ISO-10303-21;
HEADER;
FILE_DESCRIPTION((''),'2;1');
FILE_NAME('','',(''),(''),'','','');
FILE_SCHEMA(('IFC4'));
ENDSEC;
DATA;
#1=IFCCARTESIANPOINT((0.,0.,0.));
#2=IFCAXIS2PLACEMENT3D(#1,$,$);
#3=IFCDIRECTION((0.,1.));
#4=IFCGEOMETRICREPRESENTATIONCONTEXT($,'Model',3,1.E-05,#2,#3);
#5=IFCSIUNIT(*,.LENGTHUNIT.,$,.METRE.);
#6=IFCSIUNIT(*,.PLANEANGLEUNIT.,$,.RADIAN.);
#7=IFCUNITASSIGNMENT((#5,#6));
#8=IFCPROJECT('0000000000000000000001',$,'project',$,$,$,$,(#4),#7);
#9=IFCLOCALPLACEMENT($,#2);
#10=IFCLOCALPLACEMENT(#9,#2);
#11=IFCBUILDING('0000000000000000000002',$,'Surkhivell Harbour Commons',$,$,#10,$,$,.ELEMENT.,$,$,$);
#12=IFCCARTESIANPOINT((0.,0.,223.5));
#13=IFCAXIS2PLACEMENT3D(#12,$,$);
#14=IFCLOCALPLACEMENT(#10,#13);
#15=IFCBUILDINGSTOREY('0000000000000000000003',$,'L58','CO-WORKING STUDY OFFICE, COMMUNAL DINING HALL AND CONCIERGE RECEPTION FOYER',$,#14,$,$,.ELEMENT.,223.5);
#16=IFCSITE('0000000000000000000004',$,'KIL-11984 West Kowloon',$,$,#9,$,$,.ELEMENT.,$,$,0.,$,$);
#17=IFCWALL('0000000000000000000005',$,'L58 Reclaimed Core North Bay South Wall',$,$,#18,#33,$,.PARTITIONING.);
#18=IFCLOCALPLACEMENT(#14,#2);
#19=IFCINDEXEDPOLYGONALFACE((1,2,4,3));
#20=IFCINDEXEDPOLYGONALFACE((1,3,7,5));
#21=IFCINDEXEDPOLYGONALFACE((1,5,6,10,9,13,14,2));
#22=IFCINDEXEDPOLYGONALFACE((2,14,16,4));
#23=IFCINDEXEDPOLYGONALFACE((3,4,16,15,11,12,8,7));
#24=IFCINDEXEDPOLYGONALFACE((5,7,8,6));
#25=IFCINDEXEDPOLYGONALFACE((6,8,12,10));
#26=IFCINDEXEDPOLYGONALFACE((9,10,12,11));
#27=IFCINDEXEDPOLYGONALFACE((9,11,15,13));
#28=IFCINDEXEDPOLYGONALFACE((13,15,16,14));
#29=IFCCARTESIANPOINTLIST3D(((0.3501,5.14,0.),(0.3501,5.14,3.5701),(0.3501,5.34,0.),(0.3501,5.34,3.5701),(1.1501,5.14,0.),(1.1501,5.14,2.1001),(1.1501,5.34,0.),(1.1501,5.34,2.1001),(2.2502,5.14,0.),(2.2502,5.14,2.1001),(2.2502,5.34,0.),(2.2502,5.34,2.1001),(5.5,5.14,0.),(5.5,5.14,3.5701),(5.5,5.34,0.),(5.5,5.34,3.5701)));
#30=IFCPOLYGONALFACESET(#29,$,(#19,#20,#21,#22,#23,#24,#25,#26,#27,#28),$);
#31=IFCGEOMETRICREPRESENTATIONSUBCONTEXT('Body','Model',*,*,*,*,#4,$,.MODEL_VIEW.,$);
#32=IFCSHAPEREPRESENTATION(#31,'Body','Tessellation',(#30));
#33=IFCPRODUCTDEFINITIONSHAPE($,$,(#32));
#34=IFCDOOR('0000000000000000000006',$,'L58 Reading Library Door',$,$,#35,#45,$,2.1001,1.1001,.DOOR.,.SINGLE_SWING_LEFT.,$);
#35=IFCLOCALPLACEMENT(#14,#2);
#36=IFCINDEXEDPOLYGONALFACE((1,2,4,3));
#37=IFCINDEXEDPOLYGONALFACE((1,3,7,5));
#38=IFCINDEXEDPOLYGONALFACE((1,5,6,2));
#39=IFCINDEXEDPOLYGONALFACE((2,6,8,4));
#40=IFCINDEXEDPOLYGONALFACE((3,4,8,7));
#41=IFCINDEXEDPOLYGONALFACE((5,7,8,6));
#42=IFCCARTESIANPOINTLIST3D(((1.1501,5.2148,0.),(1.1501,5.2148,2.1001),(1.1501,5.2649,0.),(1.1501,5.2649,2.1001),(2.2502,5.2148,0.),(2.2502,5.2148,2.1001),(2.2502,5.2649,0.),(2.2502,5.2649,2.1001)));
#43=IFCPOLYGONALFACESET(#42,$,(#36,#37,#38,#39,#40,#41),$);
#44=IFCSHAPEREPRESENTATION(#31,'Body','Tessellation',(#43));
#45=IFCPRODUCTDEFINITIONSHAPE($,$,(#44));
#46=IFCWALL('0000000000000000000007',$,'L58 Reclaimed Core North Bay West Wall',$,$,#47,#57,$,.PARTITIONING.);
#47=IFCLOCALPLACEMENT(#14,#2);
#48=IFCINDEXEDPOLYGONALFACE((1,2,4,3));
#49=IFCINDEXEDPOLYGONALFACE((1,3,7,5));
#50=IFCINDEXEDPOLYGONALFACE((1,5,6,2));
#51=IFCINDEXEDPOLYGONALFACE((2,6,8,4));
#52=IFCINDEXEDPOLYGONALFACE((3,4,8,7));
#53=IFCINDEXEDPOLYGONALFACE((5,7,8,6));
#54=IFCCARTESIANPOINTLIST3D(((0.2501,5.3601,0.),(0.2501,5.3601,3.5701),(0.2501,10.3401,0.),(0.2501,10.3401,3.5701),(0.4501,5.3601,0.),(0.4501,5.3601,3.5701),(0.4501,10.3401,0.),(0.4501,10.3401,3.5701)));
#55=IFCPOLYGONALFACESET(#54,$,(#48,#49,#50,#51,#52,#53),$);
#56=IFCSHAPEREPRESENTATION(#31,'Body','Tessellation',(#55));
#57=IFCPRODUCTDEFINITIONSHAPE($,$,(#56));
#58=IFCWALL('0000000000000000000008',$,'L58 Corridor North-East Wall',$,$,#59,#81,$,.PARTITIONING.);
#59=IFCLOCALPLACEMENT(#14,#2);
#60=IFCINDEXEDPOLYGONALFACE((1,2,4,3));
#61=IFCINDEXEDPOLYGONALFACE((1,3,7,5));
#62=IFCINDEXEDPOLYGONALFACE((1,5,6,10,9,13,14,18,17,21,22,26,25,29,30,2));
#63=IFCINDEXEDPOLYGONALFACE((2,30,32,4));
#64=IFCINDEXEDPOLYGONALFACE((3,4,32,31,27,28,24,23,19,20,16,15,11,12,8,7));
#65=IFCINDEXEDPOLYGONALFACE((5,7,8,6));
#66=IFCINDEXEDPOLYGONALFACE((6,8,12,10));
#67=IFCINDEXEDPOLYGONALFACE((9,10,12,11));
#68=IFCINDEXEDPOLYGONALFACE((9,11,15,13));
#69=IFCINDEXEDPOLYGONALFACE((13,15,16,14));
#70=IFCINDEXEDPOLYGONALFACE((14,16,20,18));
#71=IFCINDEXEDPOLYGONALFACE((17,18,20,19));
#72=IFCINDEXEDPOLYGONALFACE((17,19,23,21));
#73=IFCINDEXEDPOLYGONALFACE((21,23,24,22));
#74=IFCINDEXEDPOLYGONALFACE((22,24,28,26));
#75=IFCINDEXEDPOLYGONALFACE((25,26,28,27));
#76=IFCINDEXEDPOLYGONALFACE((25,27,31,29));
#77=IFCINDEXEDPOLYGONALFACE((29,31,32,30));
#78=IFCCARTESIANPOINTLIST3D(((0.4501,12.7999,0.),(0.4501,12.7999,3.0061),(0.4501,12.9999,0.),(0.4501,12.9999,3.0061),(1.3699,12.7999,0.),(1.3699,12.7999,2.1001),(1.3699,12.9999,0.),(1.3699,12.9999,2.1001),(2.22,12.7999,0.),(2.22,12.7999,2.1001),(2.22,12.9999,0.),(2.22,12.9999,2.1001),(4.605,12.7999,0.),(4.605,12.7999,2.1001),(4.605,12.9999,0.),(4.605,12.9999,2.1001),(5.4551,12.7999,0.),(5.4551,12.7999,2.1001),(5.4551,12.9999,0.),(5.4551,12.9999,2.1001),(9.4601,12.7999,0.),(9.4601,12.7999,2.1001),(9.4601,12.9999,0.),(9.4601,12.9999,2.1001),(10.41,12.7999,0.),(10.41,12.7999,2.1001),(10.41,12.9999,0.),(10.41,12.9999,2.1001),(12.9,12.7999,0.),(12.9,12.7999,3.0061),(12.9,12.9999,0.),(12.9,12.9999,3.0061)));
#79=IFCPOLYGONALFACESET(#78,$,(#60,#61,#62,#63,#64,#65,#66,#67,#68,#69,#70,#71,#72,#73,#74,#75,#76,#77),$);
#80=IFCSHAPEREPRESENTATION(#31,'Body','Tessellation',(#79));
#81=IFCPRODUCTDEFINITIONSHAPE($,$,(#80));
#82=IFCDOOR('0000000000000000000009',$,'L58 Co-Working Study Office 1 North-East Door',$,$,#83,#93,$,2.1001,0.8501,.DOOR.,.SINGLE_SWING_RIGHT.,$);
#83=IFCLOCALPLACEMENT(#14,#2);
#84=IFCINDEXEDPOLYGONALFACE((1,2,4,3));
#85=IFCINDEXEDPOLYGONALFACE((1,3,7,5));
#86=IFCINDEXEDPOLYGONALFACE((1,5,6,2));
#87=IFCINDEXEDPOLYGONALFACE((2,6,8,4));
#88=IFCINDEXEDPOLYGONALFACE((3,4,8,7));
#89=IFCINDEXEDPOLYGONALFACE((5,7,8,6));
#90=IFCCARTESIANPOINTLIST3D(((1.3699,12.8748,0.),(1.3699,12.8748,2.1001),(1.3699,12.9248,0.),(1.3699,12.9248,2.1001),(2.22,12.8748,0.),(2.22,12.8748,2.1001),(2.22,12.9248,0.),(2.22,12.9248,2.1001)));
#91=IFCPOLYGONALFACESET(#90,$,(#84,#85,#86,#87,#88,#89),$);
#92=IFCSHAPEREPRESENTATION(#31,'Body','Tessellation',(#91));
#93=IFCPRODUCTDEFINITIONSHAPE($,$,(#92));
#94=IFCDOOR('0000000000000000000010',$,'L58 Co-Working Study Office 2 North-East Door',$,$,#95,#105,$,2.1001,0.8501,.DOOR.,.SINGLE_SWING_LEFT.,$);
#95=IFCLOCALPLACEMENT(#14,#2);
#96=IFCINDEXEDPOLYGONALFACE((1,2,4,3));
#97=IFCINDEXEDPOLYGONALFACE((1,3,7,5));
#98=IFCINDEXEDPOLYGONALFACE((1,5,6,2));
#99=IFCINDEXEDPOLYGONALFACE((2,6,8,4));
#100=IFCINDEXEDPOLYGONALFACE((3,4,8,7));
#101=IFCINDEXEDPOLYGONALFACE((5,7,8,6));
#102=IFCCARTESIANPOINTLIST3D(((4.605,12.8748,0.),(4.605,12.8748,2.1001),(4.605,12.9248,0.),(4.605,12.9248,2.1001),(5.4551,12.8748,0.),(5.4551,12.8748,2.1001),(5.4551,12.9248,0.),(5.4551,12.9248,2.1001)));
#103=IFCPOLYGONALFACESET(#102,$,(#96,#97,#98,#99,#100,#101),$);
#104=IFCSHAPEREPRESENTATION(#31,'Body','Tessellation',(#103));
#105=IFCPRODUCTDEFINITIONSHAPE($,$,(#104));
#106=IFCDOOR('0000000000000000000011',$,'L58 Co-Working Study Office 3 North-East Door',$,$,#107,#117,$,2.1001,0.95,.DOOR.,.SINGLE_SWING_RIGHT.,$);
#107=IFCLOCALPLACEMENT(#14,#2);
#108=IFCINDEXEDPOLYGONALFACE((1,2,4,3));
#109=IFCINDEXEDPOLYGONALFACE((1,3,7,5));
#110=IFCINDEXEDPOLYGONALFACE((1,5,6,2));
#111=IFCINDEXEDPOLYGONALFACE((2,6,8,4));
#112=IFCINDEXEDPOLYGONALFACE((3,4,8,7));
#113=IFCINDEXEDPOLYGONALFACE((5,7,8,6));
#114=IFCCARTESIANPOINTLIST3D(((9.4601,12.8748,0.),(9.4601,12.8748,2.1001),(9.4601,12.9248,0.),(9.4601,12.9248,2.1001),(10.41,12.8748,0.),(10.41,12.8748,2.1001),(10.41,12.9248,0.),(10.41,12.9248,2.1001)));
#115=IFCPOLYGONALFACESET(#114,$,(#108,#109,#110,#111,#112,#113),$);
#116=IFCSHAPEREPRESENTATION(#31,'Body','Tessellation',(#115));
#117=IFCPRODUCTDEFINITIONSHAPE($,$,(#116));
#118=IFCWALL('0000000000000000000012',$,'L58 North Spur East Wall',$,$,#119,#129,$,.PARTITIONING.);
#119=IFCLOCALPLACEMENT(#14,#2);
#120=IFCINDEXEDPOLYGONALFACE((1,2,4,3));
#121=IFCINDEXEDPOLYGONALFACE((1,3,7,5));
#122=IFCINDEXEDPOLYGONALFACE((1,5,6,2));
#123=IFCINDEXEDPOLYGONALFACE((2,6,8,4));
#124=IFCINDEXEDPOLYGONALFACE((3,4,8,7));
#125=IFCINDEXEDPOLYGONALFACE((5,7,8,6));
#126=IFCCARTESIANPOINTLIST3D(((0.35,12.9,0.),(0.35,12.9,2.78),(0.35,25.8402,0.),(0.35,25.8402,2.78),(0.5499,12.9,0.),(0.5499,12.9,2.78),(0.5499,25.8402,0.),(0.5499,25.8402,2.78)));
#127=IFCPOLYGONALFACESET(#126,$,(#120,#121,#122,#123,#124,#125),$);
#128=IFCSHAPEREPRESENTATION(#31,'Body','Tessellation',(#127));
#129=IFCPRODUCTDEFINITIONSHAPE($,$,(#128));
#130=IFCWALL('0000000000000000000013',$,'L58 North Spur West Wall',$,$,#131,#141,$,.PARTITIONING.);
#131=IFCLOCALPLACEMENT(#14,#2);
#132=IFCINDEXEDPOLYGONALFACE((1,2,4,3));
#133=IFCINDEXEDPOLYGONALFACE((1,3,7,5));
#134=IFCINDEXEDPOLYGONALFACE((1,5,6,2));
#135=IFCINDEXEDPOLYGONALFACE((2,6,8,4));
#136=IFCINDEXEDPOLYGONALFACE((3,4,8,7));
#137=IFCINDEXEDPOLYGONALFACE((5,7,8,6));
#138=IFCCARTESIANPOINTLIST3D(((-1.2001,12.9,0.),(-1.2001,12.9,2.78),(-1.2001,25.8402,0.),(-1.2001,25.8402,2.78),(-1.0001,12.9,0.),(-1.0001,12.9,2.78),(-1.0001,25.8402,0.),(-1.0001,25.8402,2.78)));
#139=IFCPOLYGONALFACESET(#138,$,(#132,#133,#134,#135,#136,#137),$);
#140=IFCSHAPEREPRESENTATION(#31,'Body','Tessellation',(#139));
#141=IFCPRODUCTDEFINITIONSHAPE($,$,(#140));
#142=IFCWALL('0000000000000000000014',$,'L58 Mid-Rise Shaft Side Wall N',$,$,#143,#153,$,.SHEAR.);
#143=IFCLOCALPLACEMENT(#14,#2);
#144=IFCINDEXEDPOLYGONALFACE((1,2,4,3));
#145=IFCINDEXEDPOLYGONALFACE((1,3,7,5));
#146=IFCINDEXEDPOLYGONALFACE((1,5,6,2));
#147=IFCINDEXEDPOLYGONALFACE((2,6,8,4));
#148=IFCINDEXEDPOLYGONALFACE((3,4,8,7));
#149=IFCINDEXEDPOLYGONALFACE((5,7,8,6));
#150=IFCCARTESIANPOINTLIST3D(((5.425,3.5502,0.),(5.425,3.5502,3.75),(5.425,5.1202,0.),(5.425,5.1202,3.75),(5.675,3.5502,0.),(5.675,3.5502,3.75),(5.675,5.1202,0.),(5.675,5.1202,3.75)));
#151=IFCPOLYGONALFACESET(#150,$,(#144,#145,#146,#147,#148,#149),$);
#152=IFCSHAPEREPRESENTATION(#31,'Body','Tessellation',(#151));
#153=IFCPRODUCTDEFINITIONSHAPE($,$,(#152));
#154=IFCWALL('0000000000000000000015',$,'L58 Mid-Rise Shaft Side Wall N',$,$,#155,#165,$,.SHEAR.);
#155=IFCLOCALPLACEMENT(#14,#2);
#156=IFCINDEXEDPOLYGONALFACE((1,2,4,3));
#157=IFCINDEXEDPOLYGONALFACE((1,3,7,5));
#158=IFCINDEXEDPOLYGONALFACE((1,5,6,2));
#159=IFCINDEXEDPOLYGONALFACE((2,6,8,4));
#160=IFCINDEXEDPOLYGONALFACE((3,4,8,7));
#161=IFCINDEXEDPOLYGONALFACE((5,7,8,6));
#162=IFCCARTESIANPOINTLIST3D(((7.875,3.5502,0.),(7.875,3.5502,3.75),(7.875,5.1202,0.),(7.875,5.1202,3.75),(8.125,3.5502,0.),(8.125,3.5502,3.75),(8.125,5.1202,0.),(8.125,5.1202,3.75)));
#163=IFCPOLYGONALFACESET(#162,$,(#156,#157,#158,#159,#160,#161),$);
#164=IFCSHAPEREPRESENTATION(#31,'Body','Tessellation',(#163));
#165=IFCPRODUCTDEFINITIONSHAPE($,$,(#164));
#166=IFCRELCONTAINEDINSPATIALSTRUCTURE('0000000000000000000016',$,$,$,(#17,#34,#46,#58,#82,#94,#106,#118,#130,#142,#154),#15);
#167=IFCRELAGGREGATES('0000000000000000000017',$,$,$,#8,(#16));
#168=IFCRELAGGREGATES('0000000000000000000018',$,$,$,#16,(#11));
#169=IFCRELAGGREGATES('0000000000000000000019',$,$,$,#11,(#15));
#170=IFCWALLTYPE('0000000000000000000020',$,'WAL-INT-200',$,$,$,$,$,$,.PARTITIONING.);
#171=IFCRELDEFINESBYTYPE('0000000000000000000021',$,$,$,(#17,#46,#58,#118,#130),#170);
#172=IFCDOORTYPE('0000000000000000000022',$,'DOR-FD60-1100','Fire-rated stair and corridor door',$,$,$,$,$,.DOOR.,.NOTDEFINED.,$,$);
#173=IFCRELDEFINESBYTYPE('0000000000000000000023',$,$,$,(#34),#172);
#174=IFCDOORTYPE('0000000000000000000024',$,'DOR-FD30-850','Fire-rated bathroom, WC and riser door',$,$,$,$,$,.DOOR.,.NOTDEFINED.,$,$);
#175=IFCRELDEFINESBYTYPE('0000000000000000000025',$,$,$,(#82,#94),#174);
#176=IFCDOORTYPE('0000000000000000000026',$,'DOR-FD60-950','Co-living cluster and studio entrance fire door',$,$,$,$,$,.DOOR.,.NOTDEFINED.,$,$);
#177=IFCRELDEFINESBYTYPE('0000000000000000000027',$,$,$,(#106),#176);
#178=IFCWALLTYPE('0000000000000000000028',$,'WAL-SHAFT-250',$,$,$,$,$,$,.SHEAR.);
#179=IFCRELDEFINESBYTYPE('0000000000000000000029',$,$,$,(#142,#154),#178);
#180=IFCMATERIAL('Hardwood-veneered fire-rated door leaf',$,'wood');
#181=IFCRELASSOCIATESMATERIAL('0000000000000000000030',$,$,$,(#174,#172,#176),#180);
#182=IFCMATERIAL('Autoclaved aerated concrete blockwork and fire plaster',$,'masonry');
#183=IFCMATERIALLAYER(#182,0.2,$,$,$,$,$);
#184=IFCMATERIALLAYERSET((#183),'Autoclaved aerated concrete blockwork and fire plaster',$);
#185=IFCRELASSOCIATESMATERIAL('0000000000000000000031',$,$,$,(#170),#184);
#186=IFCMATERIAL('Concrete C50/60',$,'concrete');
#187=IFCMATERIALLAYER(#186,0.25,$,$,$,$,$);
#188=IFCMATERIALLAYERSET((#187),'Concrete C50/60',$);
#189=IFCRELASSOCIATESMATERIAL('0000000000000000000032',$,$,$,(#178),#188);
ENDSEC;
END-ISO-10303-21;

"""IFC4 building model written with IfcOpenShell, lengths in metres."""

from ifc_helpers import new_model, si_unit, direction, frame, frame_2d, origin, place, context, subcontext, project, spatial, rectangle, extrude, material, layer, layer_set, type_object, element, fill, save


model = new_model("IFC4")

# Units and contexts
model_context = context("Model", 3, precision=1e-05, world=origin(), true_north=direction((0.0, 1.0)))
body_context = subcontext(model_context, "Body", "Model", "MODEL_VIEW")
ifc_project = project(units=[si_unit("LENGTHUNIT", "METRE"), si_unit("PLANEANGLEUNIT", "RADIAN")], contexts=[model_context])

# Site, building, storey
site_placement = place(None, origin())
site = spatial("IfcSite", under=ifc_project, at=site_placement, Name="KIL-11984 West Kowloon", CompositionType="ELEMENT", RefElevation=0.0)
building_placement = place(site_placement, origin())
building = spatial("IfcBuilding", under=site, at=building_placement, Name="Surkhivell Harbour Commons", CompositionType="ELEMENT")
storey_placement = place(building_placement, frame((0.0, 0.0, 223.5)))
storey = spatial("IfcBuildingStorey", under=building, at=storey_placement, Name="L58", Description="CO-WORKING STUDY OFFICE, COMMUNAL DINING HALL AND CONCIERGE RECEPTION FOYER", CompositionType="ELEMENT", Elevation=223.5)

# Wall, opening, door
ifc_material_1 = material(Name="Hardwood-veneered fire-rated door leaf", Category="wood")
door_type_1 = type_object("IfcDoorType", Name="DOR-FD30-850", Description="Fire-rated bathroom, WC and riser door", OperationType="NOTDEFINED", PredefinedType="DOOR", material=ifc_material_1)
ifc_material_2 = material(Name="Autoclaved aerated concrete blockwork and fire plaster", Category="masonry")
ifc_layer_1 = layer(ifc_material_2, 0.2)
ifc_layer_set_1 = layer_set([ifc_layer_1], Name="Autoclaved aerated concrete blockwork and fire plaster")
wall_type_1 = type_object("IfcWallType", Name="WAL-INT-200", PredefinedType="PARTITIONING", material=ifc_layer_set_1)
wall_1_placement = place(storey_placement, frame((0.3501, 5.24, 0.0), z_axis=(0.0, 0.0, 1.0), x_axis=(1.0, 0.0, 0.0)))
wall_1 = element("IfcWall", 1, at=wall_1_placement, inside=storey, type_object=wall_type_1, Name="L58 Reclaimed Core North Bay South Wall", PredefinedType="PARTITIONING", context=body_context, shape_type="SweptSolid", body=[
    extrude(rectangle(XDim=5.1499, YDim=0.2, at=frame_2d((2.575, 0.0))), origin(), (0.0, 0.0, 1.0), 3.5701),
])
opening_1_placement = place(wall_1_placement, frame((0.8, 0.0, 0.0)))
opening_1 = element("IfcOpeningElement", 2, at=opening_1_placement, cuts=wall_1, PredefinedType="OPENING", context=body_context, shape_type="SweptSolid", body=[
    extrude(rectangle(XDim=1.1001, YDim=2.1001, at=frame_2d((0.55, 1.05))), frame((0.0, 0.1099, 0.0), z_axis=(0.0, -1.0, 0.0), x_axis=(1.0, 0.0, 0.0)), (0.0, 0.0, 1.0), 0.22),
])
door_type_2 = type_object("IfcDoorType", Name="DOR-FD60-1100", Description="Fire-rated stair and corridor door", OperationType="NOTDEFINED", PredefinedType="DOOR", material=ifc_material_1)
door_1_placement = place(opening_1_placement, origin())
door_1 = element("IfcDoor", 3, at=door_1_placement, inside=storey, type_object=door_type_2, Name="L58 Reading Library Door", OperationType="SINGLE_SWING_LEFT", OverallHeight=2.1001, OverallWidth=1.1001, PredefinedType="DOOR", context=body_context, shape_type="SweptSolid", body=[
    extrude(rectangle(XDim=1.1001, YDim=2.1001, at=frame_2d((0.55, 1.05))), frame((0.0, 0.0249, 0.0), z_axis=(0.0, -1.0, 0.0), x_axis=(1.0, 0.0, 0.0)), (0.0, 0.0, 1.0), 0.05),
])
fill(opening_1, door_1)

# Wall
wall_2_placement = place(storey_placement, frame((0.3501, 5.3601, 0.0), z_axis=(0.0, 0.0, 1.0), x_axis=(0.0, 1.0, 0.0)))
element("IfcWall", 4, at=wall_2_placement, inside=storey, type_object=wall_type_1, Name="L58 Reclaimed Core North Bay West Wall", PredefinedType="PARTITIONING", context=body_context, shape_type="SweptSolid", body=[
    extrude(rectangle(XDim=4.98, YDim=0.2, at=frame_2d((2.49, 0.0))), origin(), (0.0, 0.0, 1.0), 3.5701),
])

# Wall, openings, doors
wall_3_placement = place(storey_placement, frame((0.45, 12.8999, 0.0), z_axis=(0.0, 0.0, 1.0), x_axis=(1.0, 0.0, 0.0)))
wall_3 = element("IfcWall", 5, at=wall_3_placement, inside=storey, type_object=wall_type_1, Name="L58 Corridor North-East Wall", PredefinedType="PARTITIONING", context=body_context, shape_type="SweptSolid", body=[
    extrude(rectangle(XDim=12.45, YDim=0.2, at=frame_2d((6.2251, 0.0))), origin(), (0.0, 0.0, 1.0), 3.0061),
])
opening_2_placement = place(wall_3_placement, frame((0.9199, 0.0, 0.0)))
opening_2 = element("IfcOpeningElement", 6, at=opening_2_placement, cuts=wall_3, PredefinedType="OPENING", context=body_context, shape_type="SweptSolid", body=[
    extrude(rectangle(XDim=0.8501, YDim=2.1001, at=frame_2d((0.425, 1.05))), frame((0.0, 0.1099, 0.0), z_axis=(0.0, -1.0, 0.0), x_axis=(1.0, 0.0, 0.0)), (0.0, 0.0, 1.0), 0.22),
])
opening_3_placement = place(wall_3_placement, frame((4.155, 0.0, 0.0)))
opening_3 = element("IfcOpeningElement", 7, at=opening_3_placement, cuts=wall_3, PredefinedType="OPENING", context=body_context, shape_type="SweptSolid", body=[
    extrude(rectangle(XDim=0.8501, YDim=2.1001, at=frame_2d((0.425, 1.05))), frame((0.0, 0.1099, 0.0), z_axis=(0.0, -1.0, 0.0), x_axis=(1.0, 0.0, 0.0)), (0.0, 0.0, 1.0), 0.22),
])
opening_4_placement = place(wall_3_placement, frame((9.01, 0.0, 0.0)))
opening_4 = element("IfcOpeningElement", 8, at=opening_4_placement, cuts=wall_3, PredefinedType="OPENING", context=body_context, shape_type="SweptSolid", body=[
    extrude(rectangle(XDim=0.95, YDim=2.1001, at=frame_2d((0.4751, 1.05))), frame((0.0, 0.1099, 0.0), z_axis=(0.0, -1.0, 0.0), x_axis=(1.0, 0.0, 0.0)), (0.0, 0.0, 1.0), 0.22),
])
door_2_placement = place(opening_2_placement, origin())
door_2 = element("IfcDoor", 9, at=door_2_placement, inside=storey, type_object=door_type_1, Name="L58 Co-Working Study Office 1 North-East Door", OperationType="SINGLE_SWING_RIGHT", OverallHeight=2.1001, OverallWidth=0.8501, PredefinedType="DOOR", context=body_context, shape_type="SweptSolid", body=[
    extrude(rectangle(XDim=0.8501, YDim=2.1001, at=frame_2d((0.425, 1.05))), frame((0.0, 0.0249, 0.0), z_axis=(0.0, -1.0, 0.0), x_axis=(1.0, 0.0, 0.0)), (0.0, 0.0, 1.0), 0.05),
])
fill(opening_2, door_2)
door_3_placement = place(opening_3_placement, origin())
door_3 = element("IfcDoor", 10, at=door_3_placement, inside=storey, type_object=door_type_1, Name="L58 Co-Working Study Office 2 North-East Door", OperationType="SINGLE_SWING_LEFT", OverallHeight=2.1001, OverallWidth=0.8501, PredefinedType="DOOR", context=body_context, shape_type="SweptSolid", body=[
    extrude(rectangle(XDim=0.8501, YDim=2.1001, at=frame_2d((0.425, 1.05))), frame((0.0, 0.0249, 0.0), z_axis=(0.0, -1.0, 0.0), x_axis=(1.0, 0.0, 0.0)), (0.0, 0.0, 1.0), 0.05),
])
fill(opening_3, door_3)
door_type_3 = type_object("IfcDoorType", Name="DOR-FD60-950", Description="Co-living cluster and studio entrance fire door", OperationType="NOTDEFINED", PredefinedType="DOOR", material=ifc_material_1)
door_4_placement = place(opening_4_placement, origin())
door_4 = element("IfcDoor", 11, at=door_4_placement, inside=storey, type_object=door_type_3, Name="L58 Co-Working Study Office 3 North-East Door", OperationType="SINGLE_SWING_RIGHT", OverallHeight=2.1001, OverallWidth=0.95, PredefinedType="DOOR", context=body_context, shape_type="SweptSolid", body=[
    extrude(rectangle(XDim=0.95, YDim=2.1001, at=frame_2d((0.4751, 1.05))), frame((0.0, 0.0249, 0.0), z_axis=(0.0, -1.0, 0.0), x_axis=(1.0, 0.0, 0.0)), (0.0, 0.0, 1.0), 0.05),
])
fill(opening_4, door_4)

# Walls
for number, where, z_axis, x_axis, name in (
    (12, (0.45, 12.8999, 0.0), (0.0, 0.0, 1.0), (0.0, 1.0, 0.0), "L58 North Spur East Wall"),
    (13, (-1.1001, 12.8999, 0.0), (0.0, 0.0, 1.0), (0.0, 1.0, 0.0), "L58 North Spur West Wall"),
):
    element("IfcWall", number, at=place(storey_placement, frame(where, z_axis=z_axis, x_axis=x_axis)), inside=storey, type_object=wall_type_1, Name=name, PredefinedType="PARTITIONING", context=body_context, shape_type="SweptSolid", body=[
        extrude(rectangle(XDim=12.9402, YDim=0.2, at=frame_2d((6.4702, 0.0))), origin(), (0.0, 0.0, 1.0), 2.78),
    ])
ifc_material_3 = material(Name="Concrete C50/60", Category="concrete")
ifc_layer_2 = layer(ifc_material_3, 0.25)
ifc_layer_set_2 = layer_set([ifc_layer_2], Name="Concrete C50/60")
wall_type_2 = type_object("IfcWallType", Name="WAL-SHAFT-250", PredefinedType="SHEAR", material=ifc_layer_set_2)
for number, where, z_axis, x_axis, name in (
    (14, (5.55, 3.55, 0.0), (0.0, 0.0, 1.0), (0.0, 1.0, 0.0), "L58 Mid-Rise Shaft Side Wall N"),
    (15, (8.0, 3.55, 0.0), (0.0, 0.0, 1.0), (0.0, 1.0, 0.0), "L58 Mid-Rise Shaft Side Wall N"),
):
    element("IfcWall", number, at=place(storey_placement, frame(where, z_axis=z_axis, x_axis=x_axis)), inside=storey, type_object=wall_type_2, Name=name, PredefinedType="SHEAR", context=body_context, shape_type="SweptSolid", body=[
        extrude(rectangle(XDim=1.5701, YDim=0.25, at=frame_2d((0.7852, 0.0))), origin(), (0.0, 0.0, 1.0), 3.75),
    ])

save(model, "model.ifc")
